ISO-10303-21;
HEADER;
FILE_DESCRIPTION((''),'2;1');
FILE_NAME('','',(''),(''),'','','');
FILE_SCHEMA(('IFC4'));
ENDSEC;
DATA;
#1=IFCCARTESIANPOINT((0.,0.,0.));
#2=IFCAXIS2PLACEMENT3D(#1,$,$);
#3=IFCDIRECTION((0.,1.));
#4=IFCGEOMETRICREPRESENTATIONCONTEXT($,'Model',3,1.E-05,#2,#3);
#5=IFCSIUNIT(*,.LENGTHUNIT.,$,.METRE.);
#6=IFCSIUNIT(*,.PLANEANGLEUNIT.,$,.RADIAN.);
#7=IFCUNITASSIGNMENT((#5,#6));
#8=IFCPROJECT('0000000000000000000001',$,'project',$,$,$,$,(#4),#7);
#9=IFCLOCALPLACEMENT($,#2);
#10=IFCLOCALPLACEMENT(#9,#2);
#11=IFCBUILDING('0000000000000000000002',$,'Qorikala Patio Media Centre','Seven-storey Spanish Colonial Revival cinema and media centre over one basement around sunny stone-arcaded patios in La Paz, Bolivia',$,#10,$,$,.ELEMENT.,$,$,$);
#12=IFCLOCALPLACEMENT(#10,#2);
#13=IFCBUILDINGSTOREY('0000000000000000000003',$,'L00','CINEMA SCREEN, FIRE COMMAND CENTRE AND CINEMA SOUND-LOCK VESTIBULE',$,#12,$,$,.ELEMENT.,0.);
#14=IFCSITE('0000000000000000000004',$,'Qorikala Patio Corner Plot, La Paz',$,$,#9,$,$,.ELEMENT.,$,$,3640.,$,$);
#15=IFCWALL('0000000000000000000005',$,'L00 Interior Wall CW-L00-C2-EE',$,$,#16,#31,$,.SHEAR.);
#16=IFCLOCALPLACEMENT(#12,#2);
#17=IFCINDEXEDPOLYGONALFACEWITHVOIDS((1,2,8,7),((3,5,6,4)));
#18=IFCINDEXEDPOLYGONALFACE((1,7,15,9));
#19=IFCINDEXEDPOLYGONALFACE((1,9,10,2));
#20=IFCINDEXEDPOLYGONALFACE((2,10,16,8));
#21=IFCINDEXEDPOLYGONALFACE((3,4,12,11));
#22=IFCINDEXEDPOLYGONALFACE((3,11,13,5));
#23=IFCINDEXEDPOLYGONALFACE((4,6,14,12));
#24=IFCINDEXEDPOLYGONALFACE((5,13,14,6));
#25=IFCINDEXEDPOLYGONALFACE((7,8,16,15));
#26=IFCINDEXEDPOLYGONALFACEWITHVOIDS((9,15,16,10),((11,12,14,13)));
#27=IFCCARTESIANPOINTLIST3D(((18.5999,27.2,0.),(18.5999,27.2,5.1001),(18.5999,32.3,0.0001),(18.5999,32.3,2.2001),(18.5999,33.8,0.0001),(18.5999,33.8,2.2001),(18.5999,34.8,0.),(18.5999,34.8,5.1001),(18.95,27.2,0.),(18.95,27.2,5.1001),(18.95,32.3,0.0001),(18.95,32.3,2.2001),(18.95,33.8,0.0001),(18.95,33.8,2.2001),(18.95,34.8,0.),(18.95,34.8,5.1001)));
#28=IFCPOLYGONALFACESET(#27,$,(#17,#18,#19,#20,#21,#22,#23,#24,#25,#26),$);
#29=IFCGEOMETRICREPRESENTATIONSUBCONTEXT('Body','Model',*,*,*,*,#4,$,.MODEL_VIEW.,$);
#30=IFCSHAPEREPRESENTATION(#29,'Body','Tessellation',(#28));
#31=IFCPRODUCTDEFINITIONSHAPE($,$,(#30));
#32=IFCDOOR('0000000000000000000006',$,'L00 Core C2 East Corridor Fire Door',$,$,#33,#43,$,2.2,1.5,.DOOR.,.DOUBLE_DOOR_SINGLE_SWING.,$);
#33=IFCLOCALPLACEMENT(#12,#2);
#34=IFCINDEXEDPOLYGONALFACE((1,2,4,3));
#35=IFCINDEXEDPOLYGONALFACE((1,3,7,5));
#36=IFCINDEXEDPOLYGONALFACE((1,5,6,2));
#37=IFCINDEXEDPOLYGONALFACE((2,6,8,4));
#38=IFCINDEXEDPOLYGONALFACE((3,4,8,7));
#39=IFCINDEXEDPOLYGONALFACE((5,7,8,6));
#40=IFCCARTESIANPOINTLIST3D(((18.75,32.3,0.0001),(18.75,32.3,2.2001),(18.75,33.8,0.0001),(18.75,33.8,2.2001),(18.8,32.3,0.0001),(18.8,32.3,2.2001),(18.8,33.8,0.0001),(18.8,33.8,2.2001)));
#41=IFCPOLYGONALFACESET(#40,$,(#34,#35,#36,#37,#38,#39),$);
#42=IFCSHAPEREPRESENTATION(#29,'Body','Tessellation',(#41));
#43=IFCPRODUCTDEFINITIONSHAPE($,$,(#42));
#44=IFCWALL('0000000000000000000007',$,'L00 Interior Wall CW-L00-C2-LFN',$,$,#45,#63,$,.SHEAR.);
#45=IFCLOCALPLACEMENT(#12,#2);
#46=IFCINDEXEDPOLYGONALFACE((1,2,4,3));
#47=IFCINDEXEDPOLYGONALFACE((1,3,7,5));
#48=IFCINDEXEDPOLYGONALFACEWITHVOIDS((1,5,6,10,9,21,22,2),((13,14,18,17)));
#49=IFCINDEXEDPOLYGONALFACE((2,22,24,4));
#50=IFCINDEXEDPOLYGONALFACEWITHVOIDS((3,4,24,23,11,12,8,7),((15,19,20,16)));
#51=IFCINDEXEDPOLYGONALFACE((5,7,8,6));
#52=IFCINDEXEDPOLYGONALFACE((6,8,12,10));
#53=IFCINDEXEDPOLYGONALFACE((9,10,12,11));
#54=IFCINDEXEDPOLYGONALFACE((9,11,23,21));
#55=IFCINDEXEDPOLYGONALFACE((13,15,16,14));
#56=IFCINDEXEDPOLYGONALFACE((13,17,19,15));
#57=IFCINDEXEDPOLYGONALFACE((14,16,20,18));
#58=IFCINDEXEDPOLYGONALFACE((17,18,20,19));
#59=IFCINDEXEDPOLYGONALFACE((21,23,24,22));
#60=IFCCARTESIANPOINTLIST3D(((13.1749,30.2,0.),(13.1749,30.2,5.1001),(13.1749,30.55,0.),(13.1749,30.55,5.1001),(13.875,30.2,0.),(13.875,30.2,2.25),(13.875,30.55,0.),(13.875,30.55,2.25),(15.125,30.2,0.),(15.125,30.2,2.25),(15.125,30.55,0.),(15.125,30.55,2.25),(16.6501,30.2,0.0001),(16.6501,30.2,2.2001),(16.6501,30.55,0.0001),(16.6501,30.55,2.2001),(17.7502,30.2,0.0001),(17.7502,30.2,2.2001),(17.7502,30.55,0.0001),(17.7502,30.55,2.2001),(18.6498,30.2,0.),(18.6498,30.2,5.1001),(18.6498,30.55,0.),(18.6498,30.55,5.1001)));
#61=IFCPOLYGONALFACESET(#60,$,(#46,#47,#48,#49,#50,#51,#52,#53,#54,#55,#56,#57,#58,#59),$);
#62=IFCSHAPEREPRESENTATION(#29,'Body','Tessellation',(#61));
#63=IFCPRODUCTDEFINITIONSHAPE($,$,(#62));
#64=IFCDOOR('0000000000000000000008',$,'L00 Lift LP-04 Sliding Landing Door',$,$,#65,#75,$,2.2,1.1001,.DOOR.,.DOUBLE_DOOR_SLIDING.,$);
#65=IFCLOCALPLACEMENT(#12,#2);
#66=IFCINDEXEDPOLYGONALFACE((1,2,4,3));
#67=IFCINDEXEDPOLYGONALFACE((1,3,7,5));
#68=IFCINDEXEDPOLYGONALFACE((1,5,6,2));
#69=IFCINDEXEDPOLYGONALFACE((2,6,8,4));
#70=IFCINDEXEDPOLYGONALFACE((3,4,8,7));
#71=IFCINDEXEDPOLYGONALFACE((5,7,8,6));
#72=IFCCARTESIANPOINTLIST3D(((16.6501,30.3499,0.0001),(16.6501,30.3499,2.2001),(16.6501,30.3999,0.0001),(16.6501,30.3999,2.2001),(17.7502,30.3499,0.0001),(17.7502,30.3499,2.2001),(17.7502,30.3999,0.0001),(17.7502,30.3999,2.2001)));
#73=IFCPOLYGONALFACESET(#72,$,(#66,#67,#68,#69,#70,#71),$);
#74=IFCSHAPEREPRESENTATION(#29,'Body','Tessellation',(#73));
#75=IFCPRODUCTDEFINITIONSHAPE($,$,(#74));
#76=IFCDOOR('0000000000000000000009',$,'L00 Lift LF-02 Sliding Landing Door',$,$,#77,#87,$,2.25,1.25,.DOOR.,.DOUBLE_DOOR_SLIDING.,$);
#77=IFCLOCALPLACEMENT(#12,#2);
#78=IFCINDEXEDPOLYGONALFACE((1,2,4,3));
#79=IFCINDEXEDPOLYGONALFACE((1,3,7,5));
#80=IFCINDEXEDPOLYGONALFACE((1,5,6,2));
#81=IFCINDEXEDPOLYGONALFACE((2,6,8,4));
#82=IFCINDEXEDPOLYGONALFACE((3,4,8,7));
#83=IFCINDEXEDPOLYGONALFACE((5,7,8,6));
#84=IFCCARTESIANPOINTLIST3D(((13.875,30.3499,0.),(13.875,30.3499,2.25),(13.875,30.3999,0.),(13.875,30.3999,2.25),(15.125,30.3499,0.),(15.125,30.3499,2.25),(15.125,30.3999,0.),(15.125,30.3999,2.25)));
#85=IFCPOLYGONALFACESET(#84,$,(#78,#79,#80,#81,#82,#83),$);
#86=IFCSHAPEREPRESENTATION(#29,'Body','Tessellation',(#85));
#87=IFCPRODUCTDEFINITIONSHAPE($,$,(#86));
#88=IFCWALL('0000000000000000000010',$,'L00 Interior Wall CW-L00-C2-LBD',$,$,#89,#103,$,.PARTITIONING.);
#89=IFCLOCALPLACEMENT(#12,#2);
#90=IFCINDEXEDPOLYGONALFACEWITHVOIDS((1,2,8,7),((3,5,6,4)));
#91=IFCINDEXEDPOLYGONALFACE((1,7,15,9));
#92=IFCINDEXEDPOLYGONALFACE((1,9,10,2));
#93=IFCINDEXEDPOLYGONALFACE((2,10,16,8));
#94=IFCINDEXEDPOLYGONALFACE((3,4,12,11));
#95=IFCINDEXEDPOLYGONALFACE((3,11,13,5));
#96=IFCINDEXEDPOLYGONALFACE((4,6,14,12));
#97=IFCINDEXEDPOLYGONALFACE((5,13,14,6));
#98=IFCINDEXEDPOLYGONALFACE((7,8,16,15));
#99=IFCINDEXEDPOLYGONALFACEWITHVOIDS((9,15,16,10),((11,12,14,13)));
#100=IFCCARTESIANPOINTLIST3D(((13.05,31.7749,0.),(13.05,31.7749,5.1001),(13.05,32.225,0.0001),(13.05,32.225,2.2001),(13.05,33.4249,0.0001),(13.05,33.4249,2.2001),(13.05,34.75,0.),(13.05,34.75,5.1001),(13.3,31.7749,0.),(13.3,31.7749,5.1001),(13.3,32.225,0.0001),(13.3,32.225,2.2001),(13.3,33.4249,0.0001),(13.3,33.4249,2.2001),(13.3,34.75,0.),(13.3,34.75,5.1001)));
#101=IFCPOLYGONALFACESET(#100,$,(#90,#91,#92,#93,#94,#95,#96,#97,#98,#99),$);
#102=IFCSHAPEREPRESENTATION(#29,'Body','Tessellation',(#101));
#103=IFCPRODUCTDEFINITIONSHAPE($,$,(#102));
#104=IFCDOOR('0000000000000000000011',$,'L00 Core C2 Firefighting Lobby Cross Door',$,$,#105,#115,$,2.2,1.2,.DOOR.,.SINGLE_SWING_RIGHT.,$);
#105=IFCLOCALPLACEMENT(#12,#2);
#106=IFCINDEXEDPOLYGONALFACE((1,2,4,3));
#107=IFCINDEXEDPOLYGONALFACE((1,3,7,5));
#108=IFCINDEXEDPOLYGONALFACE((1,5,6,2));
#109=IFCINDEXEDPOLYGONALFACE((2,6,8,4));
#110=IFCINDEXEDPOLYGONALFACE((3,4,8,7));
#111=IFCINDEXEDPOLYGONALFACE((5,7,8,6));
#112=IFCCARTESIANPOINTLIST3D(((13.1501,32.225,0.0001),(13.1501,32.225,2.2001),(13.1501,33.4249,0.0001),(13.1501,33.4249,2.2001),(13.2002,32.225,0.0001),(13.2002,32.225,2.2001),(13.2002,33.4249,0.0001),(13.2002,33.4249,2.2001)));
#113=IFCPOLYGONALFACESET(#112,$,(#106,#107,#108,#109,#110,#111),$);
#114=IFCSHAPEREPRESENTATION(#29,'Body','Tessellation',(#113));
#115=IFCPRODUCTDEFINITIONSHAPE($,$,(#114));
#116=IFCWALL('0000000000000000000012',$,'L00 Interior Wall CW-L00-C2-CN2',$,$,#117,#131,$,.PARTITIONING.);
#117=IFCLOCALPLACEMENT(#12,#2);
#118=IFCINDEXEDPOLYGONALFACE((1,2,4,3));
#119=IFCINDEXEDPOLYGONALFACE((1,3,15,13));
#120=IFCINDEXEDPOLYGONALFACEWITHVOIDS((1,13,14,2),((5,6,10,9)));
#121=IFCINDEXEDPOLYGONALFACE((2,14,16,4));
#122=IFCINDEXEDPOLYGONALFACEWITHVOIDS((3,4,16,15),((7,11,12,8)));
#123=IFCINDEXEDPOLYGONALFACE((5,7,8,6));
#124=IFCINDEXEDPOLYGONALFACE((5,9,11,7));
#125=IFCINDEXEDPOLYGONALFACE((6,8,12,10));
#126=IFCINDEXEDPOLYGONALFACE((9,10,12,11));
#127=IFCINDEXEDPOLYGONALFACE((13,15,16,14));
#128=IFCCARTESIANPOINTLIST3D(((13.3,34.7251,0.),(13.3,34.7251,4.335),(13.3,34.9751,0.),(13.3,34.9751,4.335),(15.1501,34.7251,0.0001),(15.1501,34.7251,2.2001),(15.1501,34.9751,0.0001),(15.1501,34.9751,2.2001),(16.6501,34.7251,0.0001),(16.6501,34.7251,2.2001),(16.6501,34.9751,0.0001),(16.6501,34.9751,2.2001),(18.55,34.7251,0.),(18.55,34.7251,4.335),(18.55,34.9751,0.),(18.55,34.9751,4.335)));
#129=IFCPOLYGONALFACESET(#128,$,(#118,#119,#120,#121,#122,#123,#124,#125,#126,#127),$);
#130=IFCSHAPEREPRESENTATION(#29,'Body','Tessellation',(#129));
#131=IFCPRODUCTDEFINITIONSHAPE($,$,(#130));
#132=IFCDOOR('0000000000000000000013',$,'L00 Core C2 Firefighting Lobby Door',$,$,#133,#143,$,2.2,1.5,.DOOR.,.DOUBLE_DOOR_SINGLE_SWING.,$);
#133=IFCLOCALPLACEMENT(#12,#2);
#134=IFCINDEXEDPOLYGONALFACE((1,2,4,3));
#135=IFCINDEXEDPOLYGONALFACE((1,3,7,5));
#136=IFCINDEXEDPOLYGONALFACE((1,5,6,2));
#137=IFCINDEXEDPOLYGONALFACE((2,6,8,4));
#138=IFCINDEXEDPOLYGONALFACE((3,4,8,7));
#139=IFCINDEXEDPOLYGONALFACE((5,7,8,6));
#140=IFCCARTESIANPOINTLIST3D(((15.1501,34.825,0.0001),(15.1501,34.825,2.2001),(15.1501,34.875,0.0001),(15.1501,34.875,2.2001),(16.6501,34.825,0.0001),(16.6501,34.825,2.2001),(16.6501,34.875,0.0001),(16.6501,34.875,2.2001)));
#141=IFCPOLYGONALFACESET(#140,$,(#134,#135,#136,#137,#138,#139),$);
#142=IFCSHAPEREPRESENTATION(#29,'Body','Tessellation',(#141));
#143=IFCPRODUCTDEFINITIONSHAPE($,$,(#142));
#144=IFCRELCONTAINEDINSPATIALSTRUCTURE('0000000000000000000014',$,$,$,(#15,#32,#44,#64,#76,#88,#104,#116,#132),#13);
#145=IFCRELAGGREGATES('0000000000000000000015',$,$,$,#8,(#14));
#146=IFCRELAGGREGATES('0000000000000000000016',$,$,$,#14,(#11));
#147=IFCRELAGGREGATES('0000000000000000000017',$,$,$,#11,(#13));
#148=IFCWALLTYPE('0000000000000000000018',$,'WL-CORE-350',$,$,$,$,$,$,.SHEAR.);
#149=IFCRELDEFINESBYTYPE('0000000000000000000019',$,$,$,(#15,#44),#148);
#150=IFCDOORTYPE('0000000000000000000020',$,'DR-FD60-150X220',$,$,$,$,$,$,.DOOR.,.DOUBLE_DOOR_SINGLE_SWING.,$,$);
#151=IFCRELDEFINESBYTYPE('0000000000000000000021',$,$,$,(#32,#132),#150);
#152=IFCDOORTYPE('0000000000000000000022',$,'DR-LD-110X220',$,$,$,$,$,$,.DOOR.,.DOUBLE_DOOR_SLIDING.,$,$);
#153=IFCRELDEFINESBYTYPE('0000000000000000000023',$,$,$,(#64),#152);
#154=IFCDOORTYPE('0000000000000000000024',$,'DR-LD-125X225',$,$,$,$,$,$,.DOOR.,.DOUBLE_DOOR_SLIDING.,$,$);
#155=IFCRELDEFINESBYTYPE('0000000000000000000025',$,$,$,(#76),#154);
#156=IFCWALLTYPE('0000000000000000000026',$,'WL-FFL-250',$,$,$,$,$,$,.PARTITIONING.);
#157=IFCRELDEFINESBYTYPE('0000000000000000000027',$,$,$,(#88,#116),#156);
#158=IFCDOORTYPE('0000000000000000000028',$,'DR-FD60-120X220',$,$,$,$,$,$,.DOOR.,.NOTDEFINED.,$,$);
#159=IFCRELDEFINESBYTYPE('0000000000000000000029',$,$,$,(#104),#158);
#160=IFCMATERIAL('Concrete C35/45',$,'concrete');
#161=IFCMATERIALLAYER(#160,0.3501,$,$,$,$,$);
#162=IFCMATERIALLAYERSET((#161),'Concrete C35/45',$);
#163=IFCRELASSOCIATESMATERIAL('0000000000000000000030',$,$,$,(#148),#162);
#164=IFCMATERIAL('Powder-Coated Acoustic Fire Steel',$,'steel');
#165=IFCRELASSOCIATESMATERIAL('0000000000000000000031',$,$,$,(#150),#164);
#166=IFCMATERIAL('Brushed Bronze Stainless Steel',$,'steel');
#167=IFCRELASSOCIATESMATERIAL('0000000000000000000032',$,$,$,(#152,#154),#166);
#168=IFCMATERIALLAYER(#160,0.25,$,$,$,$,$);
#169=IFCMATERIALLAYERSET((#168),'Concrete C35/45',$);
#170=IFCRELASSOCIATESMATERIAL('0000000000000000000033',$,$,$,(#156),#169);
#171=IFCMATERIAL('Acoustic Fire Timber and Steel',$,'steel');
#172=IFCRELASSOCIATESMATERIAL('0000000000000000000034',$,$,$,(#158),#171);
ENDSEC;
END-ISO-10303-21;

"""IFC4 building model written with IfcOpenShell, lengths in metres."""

from ifc_helpers import new_model, si_unit, direction, frame, frame_2d, origin, place, context, subcontext, project, spatial, rectangle, extrude, material, layer, layer_set, type_object, element, fill, save


model = new_model("IFC4")

# Units and contexts
model_context = context("Model", 3, precision=1e-05, world=origin(), true_north=direction((0.0, 1.0)))
body_context = subcontext(model_context, "Body", "Model", "MODEL_VIEW")
ifc_project = project(units=[si_unit("LENGTHUNIT", "METRE"), si_unit("PLANEANGLEUNIT", "RADIAN")], contexts=[model_context])

# Site, building, storey
site_placement = place(None, origin())
site = spatial("IfcSite", under=ifc_project, at=site_placement, Name="Qorikala Patio Corner Plot, La Paz", CompositionType="ELEMENT", RefElevation=3640.0)
building_placement = place(site_placement, origin())
building = spatial("IfcBuilding", under=site, at=building_placement, Name="Qorikala Patio Media Centre", Description="Seven-storey Spanish Colonial Revival cinema and media centre over one basement around sunny stone-arcaded patios in La Paz, Bolivia", CompositionType="ELEMENT")
storey_placement = place(building_placement, origin())
storey = spatial("IfcBuildingStorey", under=building, at=storey_placement, Name="L00", Description="CINEMA SCREEN, FIRE COMMAND CENTRE AND CINEMA SOUND-LOCK VESTIBULE", CompositionType="ELEMENT", Elevation=0.0)

# Shared definitions
ifc_material_1 = material(Name="Concrete C35/45", Category="concrete")

# Shared definitions
ifc_material_2 = material(Name="Powder-Coated Acoustic Fire Steel", Category="steel")

# Shared definitions
ifc_layer_1 = layer(ifc_material_1, 0.3501)
ifc_layer_set_1 = layer_set([ifc_layer_1], Name="Concrete C35/45")
wall_type_1 = type_object("IfcWallType", Name="WL-CORE-350", PredefinedType="SHEAR", material=ifc_layer_set_1)

# Wall, opening, door
wall_1_placement = place(storey_placement, frame((18.7749, 27.2, 0.0), z_axis=(0.0, 0.0, 1.0), x_axis=(0.0, 1.0, 0.0)))
wall_1 = element("IfcWall", 1, at=wall_1_placement, inside=storey, type_object=wall_type_1, Name="L00 Interior Wall CW-L00-C2-EE", PredefinedType="SHEAR", context=body_context, shape_type="SweptSolid", body=[
    extrude(rectangle(XDim=7.6001, YDim=0.3501, at=frame_2d((3.8, 0.0))), origin(), (0.0, 0.0, 1.0), 5.1001),
])
opening_1_placement = place(wall_1_placement, frame((5.1001, 0.0, 0.0)))
opening_1 = element("IfcOpeningElement", 2, at=opening_1_placement, cuts=wall_1, PredefinedType="OPENING", context=body_context, shape_type="SweptSolid", body=[
    extrude(rectangle(XDim=1.5, YDim=2.2, at=frame_2d((0.75, 1.1001))), frame((0.0, 0.1851, 0.0), z_axis=(0.0, -1.0, 0.0), x_axis=(1.0, 0.0, 0.0)), (0.0, 0.0, 1.0), 0.3701),
])
door_type_1 = type_object("IfcDoorType", Name="DR-FD60-150X220", OperationType="DOUBLE_DOOR_SINGLE_SWING", PredefinedType="DOOR", material=ifc_material_2)
door_1_placement = place(opening_1_placement, origin())
door_1 = element("IfcDoor", 3, at=door_1_placement, inside=storey, type_object=door_type_1, Name="L00 Core C2 East Corridor Fire Door", OperationType="DOUBLE_DOOR_SINGLE_SWING", OverallHeight=2.2, OverallWidth=1.5, PredefinedType="DOOR", context=body_context, shape_type="SweptSolid", body=[
    extrude(rectangle(XDim=1.5, YDim=2.2, at=frame_2d((0.75, 1.1001))), frame((0.0, 0.0249, 0.0), z_axis=(0.0, -1.0, 0.0), x_axis=(1.0, 0.0, 0.0)), (0.0, 0.0, 1.0), 0.05),
])
fill(opening_1, door_1)

# Wall, openings, doors
wall_2_placement = place(storey_placement, frame((13.175, 30.375, 0.0), z_axis=(0.0, 0.0, 1.0), x_axis=(1.0, 0.0, 0.0)))
wall_2 = element("IfcWall", 4, at=wall_2_placement, inside=storey, type_object=wall_type_1, Name="L00 Interior Wall CW-L00-C2-LFN", PredefinedType="SHEAR", context=body_context, shape_type="SweptSolid", body=[
    extrude(rectangle(XDim=5.4749, YDim=0.3501, at=frame_2d((2.7373, 0.0))), origin(), (0.0, 0.0, 1.0), 5.1001),
])
opening_2_placement = place(wall_2_placement, frame((0.7, 0.0, 0.0)))
opening_2 = element("IfcOpeningElement", 5, at=opening_2_placement, cuts=wall_2, PredefinedType="OPENING", context=body_context, shape_type="SweptSolid", body=[
    extrude(rectangle(XDim=1.25, YDim=2.25, at=frame_2d((0.625, 1.125))), frame((0.0, 0.1851, 0.0), z_axis=(0.0, -1.0, 0.0), x_axis=(1.0, 0.0, 0.0)), (0.0, 0.0, 1.0), 0.3701),
])
opening_3_placement = place(wall_2_placement, frame((3.4751, 0.0, 0.0)))
opening_3 = element("IfcOpeningElement", 6, at=opening_3_placement, cuts=wall_2, PredefinedType="OPENING", context=body_context, shape_type="SweptSolid", body=[
    extrude(rectangle(XDim=1.1001, YDim=2.2, at=frame_2d((0.55, 1.1001))), frame((0.0, 0.1851, 0.0), z_axis=(0.0, -1.0, 0.0), x_axis=(1.0, 0.0, 0.0)), (0.0, 0.0, 1.0), 0.3701),
])
ifc_material_3 = material(Name="Brushed Bronze Stainless Steel", Category="steel")
door_type_2 = type_object("IfcDoorType", Name="DR-LD-110X220", OperationType="DOUBLE_DOOR_SLIDING", PredefinedType="DOOR", material=ifc_material_3)
door_2_placement = place(opening_3_placement, origin())
door_2 = element("IfcDoor", 7, at=door_2_placement, inside=storey, type_object=door_type_2, Name="L00 Lift LP-04 Sliding Landing Door", OperationType="DOUBLE_DOOR_SLIDING", OverallHeight=2.2, OverallWidth=1.1001, PredefinedType="DOOR", context=body_context, shape_type="SweptSolid", body=[
    extrude(rectangle(XDim=1.1001, YDim=2.2, at=frame_2d((0.55, 1.1001))), frame((0.0, 0.0249, 0.0), z_axis=(0.0, -1.0, 0.0), x_axis=(1.0, 0.0, 0.0)), (0.0, 0.0, 1.0), 0.05),
])
fill(opening_3, door_2)
door_type_3 = type_object("IfcDoorType", Name="DR-LD-125X225", OperationType="DOUBLE_DOOR_SLIDING", PredefinedType="DOOR", material=ifc_material_3)
door_3_placement = place(opening_2_placement, origin())
door_3 = element("IfcDoor", 8, at=door_3_placement, inside=storey, type_object=door_type_3, Name="L00 Lift LF-02 Sliding Landing Door", OperationType="DOUBLE_DOOR_SLIDING", OverallHeight=2.25, OverallWidth=1.25, PredefinedType="DOOR", context=body_context, shape_type="SweptSolid", body=[
    extrude(rectangle(XDim=1.25, YDim=2.25, at=frame_2d((0.625, 1.125))), frame((0.0, 0.0249, 0.0), z_axis=(0.0, -1.0, 0.0), x_axis=(1.0, 0.0, 0.0)), (0.0, 0.0, 1.0), 0.05),
])
fill(opening_2, door_3)

# Walls, openings, doors
ifc_layer_2 = layer(ifc_material_1, 0.25)
ifc_layer_set_2 = layer_set([ifc_layer_2], Name="Concrete C35/45")
wall_type_2 = type_object("IfcWallType", Name="WL-FFL-250", PredefinedType="PARTITIONING", material=ifc_layer_set_2)
wall_3_placement = place(storey_placement, frame((13.175, 31.7749, 0.0), z_axis=(0.0, 0.0, 1.0), x_axis=(0.0, 1.0, 0.0)))
wall_3 = element("IfcWall", 9, at=wall_3_placement, inside=storey, type_object=wall_type_2, Name="L00 Interior Wall CW-L00-C2-LBD", PredefinedType="PARTITIONING", context=body_context, shape_type="SweptSolid", body=[
    extrude(rectangle(XDim=2.9751, YDim=0.25, at=frame_2d((1.4875, 0.0))), origin(), (0.0, 0.0, 1.0), 5.1001),
])
opening_4_placement = place(wall_3_placement, frame((0.45, 0.0, 0.0)))
opening_4 = element("IfcOpeningElement", 10, at=opening_4_placement, cuts=wall_3, PredefinedType="OPENING", context=body_context, shape_type="SweptSolid", body=[
    extrude(rectangle(XDim=1.2, YDim=2.2, at=frame_2d((0.6001, 1.1001))), frame((0.0, 0.135, 0.0), z_axis=(0.0, -1.0, 0.0), x_axis=(1.0, 0.0, 0.0)), (0.0, 0.0, 1.0), 0.27),
])
ifc_material_4 = material(Name="Acoustic Fire Timber and Steel", Category="steel")
door_type_4 = type_object("IfcDoorType", Name="DR-FD60-120X220", OperationType="NOTDEFINED", PredefinedType="DOOR", material=ifc_material_4)
door_4_placement = place(opening_4_placement, origin())
door_4 = element("IfcDoor", 11, at=door_4_placement, inside=storey, type_object=door_type_4, Name="L00 Core C2 Firefighting Lobby Cross Door", OperationType="SINGLE_SWING_RIGHT", OverallHeight=2.2, OverallWidth=1.2, PredefinedType="DOOR", context=body_context, shape_type="SweptSolid", body=[
    extrude(rectangle(XDim=1.2, YDim=2.2, at=frame_2d((0.6001, 1.1001))), frame((0.0, 0.0249, 0.0), z_axis=(0.0, -1.0, 0.0), x_axis=(1.0, 0.0, 0.0)), (0.0, 0.0, 1.0), 0.05),
])
fill(opening_4, door_4)
wall_4_placement = place(storey_placement, frame((13.3, 34.8501, 0.0), z_axis=(0.0, 0.0, 1.0), x_axis=(1.0, 0.0, 0.0)))
wall_4 = element("IfcWall", 12, at=wall_4_placement, inside=storey, type_object=wall_type_2, Name="L00 Interior Wall CW-L00-C2-CN2", PredefinedType="PARTITIONING", context=body_context, shape_type="SweptSolid", body=[
    extrude(rectangle(XDim=5.25, YDim=0.25, at=frame_2d((2.625, 0.0))), origin(), (0.0, 0.0, 1.0), 4.335),
])
opening_5_placement = place(wall_4_placement, frame((1.8501, 0.0, 0.0)))
opening_5 = element("IfcOpeningElement", 13, at=opening_5_placement, cuts=wall_4, PredefinedType="OPENING", context=body_context, shape_type="SweptSolid", body=[
    extrude(rectangle(XDim=1.5, YDim=2.2, at=frame_2d((0.75, 1.1001))), frame((0.0, 0.135, 0.0), z_axis=(0.0, -1.0, 0.0), x_axis=(1.0, 0.0, 0.0)), (0.0, 0.0, 1.0), 0.27),
])
door_5_placement = place(opening_5_placement, origin())
door_5 = element("IfcDoor", 14, at=door_5_placement, inside=storey, type_object=door_type_1, Name="L00 Core C2 Firefighting Lobby Door", OperationType="DOUBLE_DOOR_SINGLE_SWING", OverallHeight=2.2, OverallWidth=1.5, PredefinedType="DOOR", context=body_context, shape_type="SweptSolid", body=[
    extrude(rectangle(XDim=1.5, YDim=2.2, at=frame_2d((0.75, 1.1001))), frame((0.0, 0.0249, 0.0), z_axis=(0.0, -1.0, 0.0), x_axis=(1.0, 0.0, 0.0)), (0.0, 0.0, 1.0), 0.05),
])
fill(opening_5, door_5)

save(model, "model.ifc")
